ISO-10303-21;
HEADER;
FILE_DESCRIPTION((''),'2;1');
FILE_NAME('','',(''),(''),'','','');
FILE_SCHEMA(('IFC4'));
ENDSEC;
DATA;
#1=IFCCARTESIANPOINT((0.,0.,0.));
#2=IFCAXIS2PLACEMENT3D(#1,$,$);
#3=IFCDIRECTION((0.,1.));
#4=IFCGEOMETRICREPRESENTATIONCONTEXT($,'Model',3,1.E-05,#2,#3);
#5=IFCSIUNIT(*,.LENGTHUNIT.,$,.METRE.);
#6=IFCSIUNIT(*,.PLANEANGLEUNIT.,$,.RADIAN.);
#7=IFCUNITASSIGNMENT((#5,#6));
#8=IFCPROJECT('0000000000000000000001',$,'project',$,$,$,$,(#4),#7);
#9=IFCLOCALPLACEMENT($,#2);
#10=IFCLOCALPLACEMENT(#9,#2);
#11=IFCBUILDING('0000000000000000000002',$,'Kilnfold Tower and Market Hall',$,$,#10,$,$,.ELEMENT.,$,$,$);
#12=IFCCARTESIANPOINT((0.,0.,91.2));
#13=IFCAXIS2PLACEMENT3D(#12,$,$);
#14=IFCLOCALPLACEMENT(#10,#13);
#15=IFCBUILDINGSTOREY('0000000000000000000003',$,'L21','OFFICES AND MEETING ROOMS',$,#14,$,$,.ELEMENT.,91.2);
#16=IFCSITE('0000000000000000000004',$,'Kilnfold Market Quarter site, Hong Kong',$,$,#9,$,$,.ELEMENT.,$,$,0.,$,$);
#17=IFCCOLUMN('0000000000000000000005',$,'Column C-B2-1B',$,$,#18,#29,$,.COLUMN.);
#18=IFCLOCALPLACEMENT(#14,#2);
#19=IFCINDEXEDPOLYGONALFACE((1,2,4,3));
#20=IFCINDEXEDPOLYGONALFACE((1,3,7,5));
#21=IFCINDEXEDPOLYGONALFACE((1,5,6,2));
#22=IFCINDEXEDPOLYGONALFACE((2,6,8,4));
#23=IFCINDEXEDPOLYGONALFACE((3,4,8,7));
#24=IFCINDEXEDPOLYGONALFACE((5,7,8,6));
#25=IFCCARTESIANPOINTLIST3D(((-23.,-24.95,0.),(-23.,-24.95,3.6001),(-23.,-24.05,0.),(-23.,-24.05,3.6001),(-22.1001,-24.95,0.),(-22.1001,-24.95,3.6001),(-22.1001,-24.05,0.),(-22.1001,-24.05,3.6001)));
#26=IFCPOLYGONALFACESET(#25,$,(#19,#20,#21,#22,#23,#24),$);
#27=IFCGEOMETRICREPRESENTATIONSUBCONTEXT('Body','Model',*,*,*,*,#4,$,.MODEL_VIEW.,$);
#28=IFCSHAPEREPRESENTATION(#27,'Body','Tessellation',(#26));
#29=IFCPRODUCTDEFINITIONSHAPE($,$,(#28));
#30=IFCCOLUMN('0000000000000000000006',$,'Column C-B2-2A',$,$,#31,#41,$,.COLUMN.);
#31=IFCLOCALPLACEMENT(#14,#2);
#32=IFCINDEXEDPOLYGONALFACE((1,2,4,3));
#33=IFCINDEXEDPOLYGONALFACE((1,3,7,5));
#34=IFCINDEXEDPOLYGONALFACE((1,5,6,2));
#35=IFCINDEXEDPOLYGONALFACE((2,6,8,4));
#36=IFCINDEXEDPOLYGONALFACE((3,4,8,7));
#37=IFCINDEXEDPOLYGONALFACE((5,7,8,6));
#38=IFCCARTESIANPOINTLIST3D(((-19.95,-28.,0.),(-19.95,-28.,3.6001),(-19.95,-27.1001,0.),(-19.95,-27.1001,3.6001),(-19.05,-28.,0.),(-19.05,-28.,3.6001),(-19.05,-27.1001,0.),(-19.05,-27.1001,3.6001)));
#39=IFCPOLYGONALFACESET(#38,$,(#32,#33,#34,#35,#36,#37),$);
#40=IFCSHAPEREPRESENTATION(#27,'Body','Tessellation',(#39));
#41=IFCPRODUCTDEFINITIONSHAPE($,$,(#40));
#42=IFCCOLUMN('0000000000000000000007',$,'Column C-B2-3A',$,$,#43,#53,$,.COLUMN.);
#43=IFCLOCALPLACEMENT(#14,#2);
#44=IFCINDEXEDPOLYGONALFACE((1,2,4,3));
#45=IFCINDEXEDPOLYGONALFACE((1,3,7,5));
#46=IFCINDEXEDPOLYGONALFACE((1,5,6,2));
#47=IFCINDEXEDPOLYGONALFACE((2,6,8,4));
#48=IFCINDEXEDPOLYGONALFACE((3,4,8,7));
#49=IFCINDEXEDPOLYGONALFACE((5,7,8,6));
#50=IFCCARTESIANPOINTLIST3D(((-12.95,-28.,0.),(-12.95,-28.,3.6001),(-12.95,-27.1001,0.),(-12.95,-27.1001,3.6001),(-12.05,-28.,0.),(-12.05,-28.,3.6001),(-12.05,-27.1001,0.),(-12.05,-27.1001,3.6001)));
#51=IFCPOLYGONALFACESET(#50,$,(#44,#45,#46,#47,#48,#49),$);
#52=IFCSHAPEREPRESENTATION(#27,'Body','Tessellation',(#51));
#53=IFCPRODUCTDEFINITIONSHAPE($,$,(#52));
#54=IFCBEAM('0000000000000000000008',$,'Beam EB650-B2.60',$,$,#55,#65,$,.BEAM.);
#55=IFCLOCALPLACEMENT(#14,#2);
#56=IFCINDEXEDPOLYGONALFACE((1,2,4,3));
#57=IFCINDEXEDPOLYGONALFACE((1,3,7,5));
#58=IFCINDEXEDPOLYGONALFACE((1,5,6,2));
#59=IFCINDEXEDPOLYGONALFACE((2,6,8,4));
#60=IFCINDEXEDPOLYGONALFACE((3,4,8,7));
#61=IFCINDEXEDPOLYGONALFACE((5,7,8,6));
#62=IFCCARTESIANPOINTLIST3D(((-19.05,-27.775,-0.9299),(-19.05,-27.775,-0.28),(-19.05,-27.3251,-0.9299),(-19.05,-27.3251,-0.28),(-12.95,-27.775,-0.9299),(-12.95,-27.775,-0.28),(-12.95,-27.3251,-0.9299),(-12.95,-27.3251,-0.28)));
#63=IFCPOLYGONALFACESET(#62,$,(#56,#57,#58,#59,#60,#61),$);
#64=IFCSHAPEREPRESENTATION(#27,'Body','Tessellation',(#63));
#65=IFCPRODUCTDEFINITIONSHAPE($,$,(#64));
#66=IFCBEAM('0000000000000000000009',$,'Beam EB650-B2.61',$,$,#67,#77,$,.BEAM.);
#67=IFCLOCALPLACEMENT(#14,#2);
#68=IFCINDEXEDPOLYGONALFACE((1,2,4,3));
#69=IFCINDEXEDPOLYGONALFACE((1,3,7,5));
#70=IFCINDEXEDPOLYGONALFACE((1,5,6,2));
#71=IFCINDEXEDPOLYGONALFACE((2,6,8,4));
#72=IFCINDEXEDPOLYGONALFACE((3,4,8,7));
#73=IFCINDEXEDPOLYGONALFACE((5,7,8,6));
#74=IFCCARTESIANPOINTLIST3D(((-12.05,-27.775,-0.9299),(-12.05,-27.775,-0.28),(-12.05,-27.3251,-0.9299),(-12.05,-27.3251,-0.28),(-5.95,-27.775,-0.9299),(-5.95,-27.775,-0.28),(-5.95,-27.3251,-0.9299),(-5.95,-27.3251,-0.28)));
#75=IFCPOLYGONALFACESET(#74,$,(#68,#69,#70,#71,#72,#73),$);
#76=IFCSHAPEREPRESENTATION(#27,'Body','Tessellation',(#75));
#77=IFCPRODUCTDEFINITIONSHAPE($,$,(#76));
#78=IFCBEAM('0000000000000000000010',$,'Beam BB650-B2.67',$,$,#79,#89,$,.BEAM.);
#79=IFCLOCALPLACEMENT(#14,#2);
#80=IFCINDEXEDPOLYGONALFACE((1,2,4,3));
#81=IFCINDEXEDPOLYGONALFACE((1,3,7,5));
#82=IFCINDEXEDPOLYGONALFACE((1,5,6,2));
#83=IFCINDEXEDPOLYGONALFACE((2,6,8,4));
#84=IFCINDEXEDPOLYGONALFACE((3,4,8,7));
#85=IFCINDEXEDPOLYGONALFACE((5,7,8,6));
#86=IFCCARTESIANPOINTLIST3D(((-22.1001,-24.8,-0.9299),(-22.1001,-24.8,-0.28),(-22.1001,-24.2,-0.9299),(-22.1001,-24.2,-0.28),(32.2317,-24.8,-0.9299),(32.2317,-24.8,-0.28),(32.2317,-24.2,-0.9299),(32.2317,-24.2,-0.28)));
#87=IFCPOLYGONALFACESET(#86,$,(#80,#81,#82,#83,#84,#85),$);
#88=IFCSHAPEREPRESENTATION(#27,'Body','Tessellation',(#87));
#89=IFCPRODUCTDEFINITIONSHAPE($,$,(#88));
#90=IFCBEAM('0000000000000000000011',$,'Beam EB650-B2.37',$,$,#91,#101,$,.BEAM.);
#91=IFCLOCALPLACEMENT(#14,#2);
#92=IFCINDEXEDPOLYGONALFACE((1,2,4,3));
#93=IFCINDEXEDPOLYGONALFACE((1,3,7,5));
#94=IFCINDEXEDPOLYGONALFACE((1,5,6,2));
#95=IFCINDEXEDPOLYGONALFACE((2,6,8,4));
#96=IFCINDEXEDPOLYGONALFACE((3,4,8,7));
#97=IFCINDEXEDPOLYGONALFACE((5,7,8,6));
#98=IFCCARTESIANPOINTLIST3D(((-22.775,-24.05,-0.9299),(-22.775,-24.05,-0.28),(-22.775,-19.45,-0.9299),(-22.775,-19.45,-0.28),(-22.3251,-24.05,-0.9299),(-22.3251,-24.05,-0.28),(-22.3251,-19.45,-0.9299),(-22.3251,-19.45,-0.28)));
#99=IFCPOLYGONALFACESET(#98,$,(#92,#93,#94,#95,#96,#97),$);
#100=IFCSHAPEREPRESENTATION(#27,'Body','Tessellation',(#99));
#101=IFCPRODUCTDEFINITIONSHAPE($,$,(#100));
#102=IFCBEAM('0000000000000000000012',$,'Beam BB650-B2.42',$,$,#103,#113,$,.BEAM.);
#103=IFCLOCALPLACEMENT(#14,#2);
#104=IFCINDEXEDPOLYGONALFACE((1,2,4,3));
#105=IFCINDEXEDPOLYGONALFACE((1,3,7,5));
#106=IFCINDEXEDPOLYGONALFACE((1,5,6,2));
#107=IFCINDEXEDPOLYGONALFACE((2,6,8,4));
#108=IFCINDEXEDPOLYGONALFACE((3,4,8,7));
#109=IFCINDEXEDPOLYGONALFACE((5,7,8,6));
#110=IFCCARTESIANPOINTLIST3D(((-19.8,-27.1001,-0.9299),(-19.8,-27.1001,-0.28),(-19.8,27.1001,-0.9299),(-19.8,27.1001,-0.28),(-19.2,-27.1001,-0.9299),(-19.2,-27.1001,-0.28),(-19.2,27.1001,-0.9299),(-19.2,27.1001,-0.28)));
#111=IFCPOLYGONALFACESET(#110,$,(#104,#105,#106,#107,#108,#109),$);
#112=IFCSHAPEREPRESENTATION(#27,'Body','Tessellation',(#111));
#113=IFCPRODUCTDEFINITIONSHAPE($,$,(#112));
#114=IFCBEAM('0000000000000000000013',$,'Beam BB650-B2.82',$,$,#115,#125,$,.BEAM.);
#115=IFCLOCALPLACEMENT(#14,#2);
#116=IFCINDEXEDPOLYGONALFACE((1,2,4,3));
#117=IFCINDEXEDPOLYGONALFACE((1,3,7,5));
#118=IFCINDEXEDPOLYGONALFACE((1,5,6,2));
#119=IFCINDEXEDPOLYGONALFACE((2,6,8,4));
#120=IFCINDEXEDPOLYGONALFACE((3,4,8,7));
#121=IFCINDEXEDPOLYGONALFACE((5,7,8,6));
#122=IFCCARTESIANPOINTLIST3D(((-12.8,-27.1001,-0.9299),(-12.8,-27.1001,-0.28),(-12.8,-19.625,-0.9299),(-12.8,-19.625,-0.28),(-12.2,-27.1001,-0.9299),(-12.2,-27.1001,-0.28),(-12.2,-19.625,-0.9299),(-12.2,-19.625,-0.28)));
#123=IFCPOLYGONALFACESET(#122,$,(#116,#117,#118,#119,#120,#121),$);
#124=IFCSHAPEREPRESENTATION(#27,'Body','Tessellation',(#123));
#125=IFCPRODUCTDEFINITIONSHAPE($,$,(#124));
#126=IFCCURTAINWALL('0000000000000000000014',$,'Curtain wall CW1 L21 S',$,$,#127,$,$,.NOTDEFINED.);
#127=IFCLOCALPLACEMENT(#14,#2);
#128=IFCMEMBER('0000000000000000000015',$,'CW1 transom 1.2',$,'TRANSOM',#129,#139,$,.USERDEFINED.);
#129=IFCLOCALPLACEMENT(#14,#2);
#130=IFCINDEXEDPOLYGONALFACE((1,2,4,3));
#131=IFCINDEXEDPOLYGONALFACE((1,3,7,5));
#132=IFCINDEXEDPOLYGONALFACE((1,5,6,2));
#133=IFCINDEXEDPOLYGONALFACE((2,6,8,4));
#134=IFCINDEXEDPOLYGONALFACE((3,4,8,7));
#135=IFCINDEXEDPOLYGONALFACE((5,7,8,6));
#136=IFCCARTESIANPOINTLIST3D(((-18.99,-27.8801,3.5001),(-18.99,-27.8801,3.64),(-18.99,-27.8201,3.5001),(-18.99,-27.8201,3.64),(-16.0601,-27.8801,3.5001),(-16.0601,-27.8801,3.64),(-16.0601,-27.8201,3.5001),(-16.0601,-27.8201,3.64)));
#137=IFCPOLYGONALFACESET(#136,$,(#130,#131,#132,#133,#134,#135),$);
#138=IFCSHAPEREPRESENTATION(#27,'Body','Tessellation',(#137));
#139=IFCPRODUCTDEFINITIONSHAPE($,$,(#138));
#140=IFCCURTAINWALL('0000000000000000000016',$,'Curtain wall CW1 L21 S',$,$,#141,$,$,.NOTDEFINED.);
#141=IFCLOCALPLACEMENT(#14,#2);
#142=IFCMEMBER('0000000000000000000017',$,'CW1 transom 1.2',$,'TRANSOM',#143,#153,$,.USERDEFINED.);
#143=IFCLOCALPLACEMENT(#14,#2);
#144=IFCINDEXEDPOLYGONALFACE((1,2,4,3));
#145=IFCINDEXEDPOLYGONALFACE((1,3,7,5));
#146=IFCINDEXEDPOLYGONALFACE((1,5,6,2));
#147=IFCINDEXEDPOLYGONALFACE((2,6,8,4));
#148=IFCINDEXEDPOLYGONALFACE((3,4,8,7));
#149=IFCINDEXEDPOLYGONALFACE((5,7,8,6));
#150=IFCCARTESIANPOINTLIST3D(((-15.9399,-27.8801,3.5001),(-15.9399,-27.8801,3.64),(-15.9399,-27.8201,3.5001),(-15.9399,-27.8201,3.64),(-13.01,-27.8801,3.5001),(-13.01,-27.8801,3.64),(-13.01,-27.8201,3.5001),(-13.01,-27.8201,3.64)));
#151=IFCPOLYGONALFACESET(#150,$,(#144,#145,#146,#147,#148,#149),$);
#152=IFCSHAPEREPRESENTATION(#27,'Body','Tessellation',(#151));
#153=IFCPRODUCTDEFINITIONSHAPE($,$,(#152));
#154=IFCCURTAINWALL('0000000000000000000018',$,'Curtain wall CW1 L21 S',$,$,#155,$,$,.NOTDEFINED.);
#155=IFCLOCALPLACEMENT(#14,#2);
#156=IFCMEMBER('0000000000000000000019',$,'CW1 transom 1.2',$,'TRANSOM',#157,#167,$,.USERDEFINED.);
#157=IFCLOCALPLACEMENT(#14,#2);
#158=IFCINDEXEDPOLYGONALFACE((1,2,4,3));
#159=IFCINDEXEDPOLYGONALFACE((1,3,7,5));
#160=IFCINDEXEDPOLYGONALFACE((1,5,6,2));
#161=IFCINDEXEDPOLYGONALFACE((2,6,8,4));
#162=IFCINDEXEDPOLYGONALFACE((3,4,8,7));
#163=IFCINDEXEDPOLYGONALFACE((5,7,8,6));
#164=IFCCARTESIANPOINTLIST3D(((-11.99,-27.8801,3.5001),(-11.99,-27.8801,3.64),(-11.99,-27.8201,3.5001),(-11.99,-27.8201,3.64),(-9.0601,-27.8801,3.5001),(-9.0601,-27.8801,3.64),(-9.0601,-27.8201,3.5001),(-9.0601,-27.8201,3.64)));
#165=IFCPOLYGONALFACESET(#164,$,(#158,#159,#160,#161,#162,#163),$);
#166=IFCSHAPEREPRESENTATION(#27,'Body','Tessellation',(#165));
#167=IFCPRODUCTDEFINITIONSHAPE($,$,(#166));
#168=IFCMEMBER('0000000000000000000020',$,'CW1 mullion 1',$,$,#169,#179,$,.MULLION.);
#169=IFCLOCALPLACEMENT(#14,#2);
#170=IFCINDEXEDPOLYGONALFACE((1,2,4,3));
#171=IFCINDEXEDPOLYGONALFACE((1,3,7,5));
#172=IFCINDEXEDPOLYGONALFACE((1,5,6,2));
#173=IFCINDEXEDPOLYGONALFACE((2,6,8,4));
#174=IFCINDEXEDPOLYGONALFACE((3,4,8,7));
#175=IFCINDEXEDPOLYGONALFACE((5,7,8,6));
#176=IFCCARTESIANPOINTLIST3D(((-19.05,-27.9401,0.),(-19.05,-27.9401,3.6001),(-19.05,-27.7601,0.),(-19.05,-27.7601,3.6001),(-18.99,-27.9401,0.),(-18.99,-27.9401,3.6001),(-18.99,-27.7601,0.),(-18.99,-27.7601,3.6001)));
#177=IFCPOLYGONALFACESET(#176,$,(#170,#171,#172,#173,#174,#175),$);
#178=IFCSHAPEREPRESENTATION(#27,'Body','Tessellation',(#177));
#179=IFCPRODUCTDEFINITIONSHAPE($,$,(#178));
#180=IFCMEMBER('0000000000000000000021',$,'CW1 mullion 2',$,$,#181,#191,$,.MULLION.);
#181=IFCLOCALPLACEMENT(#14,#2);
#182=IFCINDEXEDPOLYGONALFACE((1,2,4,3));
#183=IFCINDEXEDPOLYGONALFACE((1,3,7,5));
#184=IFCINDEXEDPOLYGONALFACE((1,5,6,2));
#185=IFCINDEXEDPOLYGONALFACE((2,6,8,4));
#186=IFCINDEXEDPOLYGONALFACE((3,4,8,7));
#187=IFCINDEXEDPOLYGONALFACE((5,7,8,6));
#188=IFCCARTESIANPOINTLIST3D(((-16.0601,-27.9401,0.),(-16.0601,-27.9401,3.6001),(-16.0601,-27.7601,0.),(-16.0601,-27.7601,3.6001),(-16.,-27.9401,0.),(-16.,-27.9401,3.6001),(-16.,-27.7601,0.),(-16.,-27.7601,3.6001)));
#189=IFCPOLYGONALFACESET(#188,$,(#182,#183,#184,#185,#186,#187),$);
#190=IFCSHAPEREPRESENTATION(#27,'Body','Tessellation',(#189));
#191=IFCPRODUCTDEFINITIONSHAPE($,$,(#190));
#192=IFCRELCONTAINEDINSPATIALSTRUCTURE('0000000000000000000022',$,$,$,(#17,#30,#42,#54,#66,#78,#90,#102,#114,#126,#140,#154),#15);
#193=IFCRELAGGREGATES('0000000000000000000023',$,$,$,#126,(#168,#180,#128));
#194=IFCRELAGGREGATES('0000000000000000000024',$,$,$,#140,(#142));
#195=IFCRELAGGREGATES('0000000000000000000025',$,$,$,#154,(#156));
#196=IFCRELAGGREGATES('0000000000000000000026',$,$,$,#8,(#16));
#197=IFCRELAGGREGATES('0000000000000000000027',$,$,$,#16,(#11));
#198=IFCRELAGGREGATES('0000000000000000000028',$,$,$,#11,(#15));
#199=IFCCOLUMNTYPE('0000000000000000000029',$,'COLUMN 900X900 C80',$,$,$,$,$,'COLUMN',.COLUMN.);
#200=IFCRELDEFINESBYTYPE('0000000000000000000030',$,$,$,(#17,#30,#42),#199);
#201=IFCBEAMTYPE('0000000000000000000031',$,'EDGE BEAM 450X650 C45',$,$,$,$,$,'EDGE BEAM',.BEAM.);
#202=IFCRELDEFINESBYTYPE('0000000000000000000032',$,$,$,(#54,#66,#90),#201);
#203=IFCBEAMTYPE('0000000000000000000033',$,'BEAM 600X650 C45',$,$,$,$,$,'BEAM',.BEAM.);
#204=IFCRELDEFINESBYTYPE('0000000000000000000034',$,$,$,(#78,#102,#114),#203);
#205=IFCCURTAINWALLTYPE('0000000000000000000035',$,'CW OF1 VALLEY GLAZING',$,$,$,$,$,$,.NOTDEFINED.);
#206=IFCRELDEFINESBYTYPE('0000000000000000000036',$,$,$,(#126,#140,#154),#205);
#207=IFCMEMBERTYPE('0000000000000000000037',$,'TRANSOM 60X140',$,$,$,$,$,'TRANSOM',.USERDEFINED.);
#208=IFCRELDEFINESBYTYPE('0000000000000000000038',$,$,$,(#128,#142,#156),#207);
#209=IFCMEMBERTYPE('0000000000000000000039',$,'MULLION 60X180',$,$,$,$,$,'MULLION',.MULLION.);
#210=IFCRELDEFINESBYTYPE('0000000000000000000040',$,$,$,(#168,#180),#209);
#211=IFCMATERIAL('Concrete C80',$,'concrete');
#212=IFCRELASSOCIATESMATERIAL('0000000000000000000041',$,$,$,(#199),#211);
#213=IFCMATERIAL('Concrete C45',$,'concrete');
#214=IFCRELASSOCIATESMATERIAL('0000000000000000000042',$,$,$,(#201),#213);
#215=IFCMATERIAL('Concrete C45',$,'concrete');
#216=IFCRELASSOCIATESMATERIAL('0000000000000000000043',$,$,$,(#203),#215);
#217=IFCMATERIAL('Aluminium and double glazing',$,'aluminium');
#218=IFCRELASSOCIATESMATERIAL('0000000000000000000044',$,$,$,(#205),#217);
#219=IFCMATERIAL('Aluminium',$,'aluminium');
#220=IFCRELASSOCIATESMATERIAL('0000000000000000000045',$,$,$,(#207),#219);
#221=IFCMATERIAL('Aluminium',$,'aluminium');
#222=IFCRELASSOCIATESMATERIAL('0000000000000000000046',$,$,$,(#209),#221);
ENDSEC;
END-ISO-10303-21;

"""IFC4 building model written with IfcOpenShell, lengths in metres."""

from ifc_helpers import new_model, si_unit, direction, frame, origin, origin_2d, place, context, subcontext, project, spatial, rectangle, extrude, source, transform, mapped, material, material_profile, profile_set, type_object, element, aggregate, save


model = new_model("IFC4")

# Units and contexts
model_context = context("Model", 3, precision=1e-05, world=origin(), true_north=direction((0.0, 1.0)))
body_context = subcontext(model_context, "Body", "Model", "MODEL_VIEW")
ifc_project = project(units=[si_unit("LENGTHUNIT", "METRE"), si_unit("PLANEANGLEUNIT", "RADIAN")], contexts=[model_context])

# Site, building, storey
site_placement = place(None, origin())
site = spatial("IfcSite", under=ifc_project, at=site_placement, Name="Kilnfold Market Quarter site, Hong Kong", CompositionType="ELEMENT", RefElevation=0.0)
building_placement = place(site_placement, origin())
building = spatial("IfcBuilding", under=site, at=building_placement, Name="Kilnfold Tower and Market Hall", CompositionType="ELEMENT")
storey_placement = place(building_placement, frame((0.0, 0.0, 91.2)))
storey = spatial("IfcBuildingStorey", under=building, at=storey_placement, Name="L21", Description="OFFICES AND MEETING ROOMS", CompositionType="ELEMENT", Elevation=91.2)

# Columns
ifc_material_1 = material(Name="Concrete C80", Category="concrete")
ifc_material_profile_1 = material_profile(ifc_material_1, rectangle(XDim=0.8999, YDim=0.8999, at=origin_2d()), Name="RC 900x900")
ifc_profile_set_1 = profile_set([ifc_material_profile_1], Name="Concrete C80")
column_type = type_object("IfcColumnType", Name="COLUMN 900X900 C80", ElementType="COLUMN", PredefinedType="COLUMN", material=ifc_profile_set_1)
shared_shape_1 = source(origin(), body_context, "Body", "SweptSolid", [
    extrude(rectangle(XDim=0.8999, YDim=0.8999, at=origin_2d()), origin(), (0.0, 0.0, 1.0), 3.6001),
])
for number, where, z_axis, x_axis, name in (
    (1, (-22.55, -24.5, 0.0), (0.0, 0.0, 1.0), (1.0, 0.0, 0.0), "Column C-B2-1B"),
    (2, (-19.5, -27.55, 0.0), (0.0, 0.0, 1.0), (1.0, 0.0, 0.0), "Column C-B2-2A"),
    (3, (-12.5, -27.55, 0.0), (0.0, 0.0, 1.0), (1.0, 0.0, 0.0), "Column C-B2-3A"),
):
    element("IfcColumn", number, at=place(storey_placement, frame(where, z_axis=z_axis, x_axis=x_axis)), inside=storey, type_object=column_type, Name=name, PredefinedType="COLUMN", context=body_context, shape_type="MappedRepresentation", body=[
        mapped(shared_shape_1, transform((0.0, 0.0, 0.0))),
    ])

# Beams
ifc_material_2 = material(Name="Concrete C45", Category="concrete")
ifc_material_profile_2 = material_profile(ifc_material_2, rectangle(XDim=0.45, YDim=0.6499, at=origin_2d()), Name="RC 450x650")
ifc_profile_set_2 = profile_set([ifc_material_profile_2], Name="Concrete C45")
beam_type_1 = type_object("IfcBeamType", Name="EDGE BEAM 450X650 C45", ElementType="EDGE BEAM", PredefinedType="BEAM", material=ifc_profile_set_2)
shared_shape_2 = source(origin(), body_context, "Body", "SweptSolid", [
    extrude(rectangle(XDim=0.45, YDim=0.6499, at=origin_2d()), origin(), (0.0, 0.0, 1.0), 6.1001),
])
for number, where, z_axis, x_axis, name in (
    (4, (-19.05, -27.55, -0.605), (1.0, 0.0, 0.0), (0.0, 1.0, 0.0), "Beam EB650-B2.60"),
    (5, (-12.05, -27.55, -0.605), (1.0, 0.0, 0.0), (0.0, 1.0, 0.0), "Beam EB650-B2.61"),
):
    element("IfcBeam", number, at=place(storey_placement, frame(where, z_axis=z_axis, x_axis=x_axis)), inside=storey, type_object=beam_type_1, Name=name, PredefinedType="BEAM", context=body_context, shape_type="MappedRepresentation", body=[
        mapped(shared_shape_2, transform((0.0, 0.0, 0.0))),
    ])
ifc_material_3 = material(Name="Concrete C45", Category="concrete")
ifc_material_profile_3 = material_profile(ifc_material_3, rectangle(XDim=0.6001, YDim=0.6499, at=origin_2d()), Name="RC 600x650")
ifc_profile_set_3 = profile_set([ifc_material_profile_3], Name="Concrete C45")
beam_type_2 = type_object("IfcBeamType", Name="BEAM 600X650 C45", ElementType="BEAM", PredefinedType="BEAM", material=ifc_profile_set_3)
shared_shape_3 = source(origin(), body_context, "Body", "SweptSolid", [
    extrude(rectangle(XDim=0.6001, YDim=0.6499, at=origin_2d()), origin(), (0.0, 0.0, 1.0), 54.3318),
])
beam_1_placement = place(storey_placement, frame((-22.1001, -24.5, -0.605), z_axis=(1.0, 0.0, 0.0), x_axis=(0.0, 1.0, 0.0)))
element("IfcBeam", 6, at=beam_1_placement, inside=storey, type_object=beam_type_2, Name="Beam BB650-B2.67", PredefinedType="BEAM", context=body_context, shape_type="MappedRepresentation", body=[
    mapped(shared_shape_3, transform((0.0, 0.0, 0.0))),
])
shared_shape_4 = source(origin(), body_context, "Body", "SweptSolid", [
    extrude(rectangle(XDim=0.45, YDim=0.6499, at=origin_2d()), origin(), (0.0, 0.0, 1.0), 4.6001),
])
beam_2_placement = place(storey_placement, frame((-22.55, -24.05, -0.605), z_axis=(0.0, 1.0, 0.0), x_axis=(-1.0, 0.0, 0.0)))
element("IfcBeam", 7, at=beam_2_placement, inside=storey, type_object=beam_type_1, Name="Beam EB650-B2.37", PredefinedType="BEAM", context=body_context, shape_type="MappedRepresentation", body=[
    mapped(shared_shape_4, transform((0.0, 0.0, 0.0))),
])
shared_shape_5 = source(origin(), body_context, "Body", "SweptSolid", [
    extrude(rectangle(XDim=0.6001, YDim=0.6499, at=origin_2d()), origin(), (0.0, 0.0, 1.0), 54.2002),
])
beam_3_placement = place(storey_placement, frame((-19.5, -27.1001, -0.605), z_axis=(0.0, 1.0, 0.0), x_axis=(-1.0, 0.0, 0.0)))
element("IfcBeam", 8, at=beam_3_placement, inside=storey, type_object=beam_type_2, Name="Beam BB650-B2.42", PredefinedType="BEAM", context=body_context, shape_type="MappedRepresentation", body=[
    mapped(shared_shape_5, transform((0.0, 0.0, 0.0))),
])
shared_shape_6 = source(origin(), body_context, "Body", "SweptSolid", [
    extrude(rectangle(XDim=0.6001, YDim=0.6499, at=origin_2d()), origin(), (0.0, 0.0, 1.0), 7.4751),
])
beam_4_placement = place(storey_placement, frame((-12.5, -27.1001, -0.605), z_axis=(0.0, 1.0, 0.0), x_axis=(-1.0, 0.0, 0.0)))
element("IfcBeam", 9, at=beam_4_placement, inside=storey, type_object=beam_type_2, Name="Beam BB650-B2.82", PredefinedType="BEAM", context=body_context, shape_type="MappedRepresentation", body=[
    mapped(shared_shape_6, transform((0.0, 0.0, 0.0))),
])

# Curtain walls, members
ifc_material_4 = material(Name="Aluminium and double glazing", Category="aluminium")
curtain_wall_type = type_object("IfcCurtainWallType", Name="CW OF1 VALLEY GLAZING", PredefinedType="NOTDEFINED", material=ifc_material_4)
curtain_wall_1_placement = place(storey_placement, origin())
curtain_wall_1 = element("IfcCurtainWall", 10, at=curtain_wall_1_placement, inside=storey, type_object=curtain_wall_type, Name="Curtain wall CW1 L21 S", PredefinedType="NOTDEFINED")
ifc_material_5 = material(Name="Aluminium", Category="aluminium")
ifc_material_profile_4 = material_profile(ifc_material_5, rectangle(XDim=0.0601, YDim=0.1399, at=origin_2d()), Name="TRANSOM 60x140")
ifc_profile_set_4 = profile_set([ifc_material_profile_4], Name="Aluminium")
member_type_1 = type_object("IfcMemberType", Name="TRANSOM 60X140", ElementType="TRANSOM", PredefinedType="USERDEFINED", material=ifc_profile_set_4)
shared_shape_7 = source(origin(), body_context, "Body", "SweptSolid", [
    extrude(rectangle(XDim=0.0601, YDim=0.1399, at=origin_2d()), origin(), (0.0, 0.0, 1.0), 2.9299),
])
member_1_placement = place(storey_placement, frame((-18.99, -27.8501, 3.5701), z_axis=(1.0, 0.0, 0.0), x_axis=(0.0, 1.0, 0.0)))
member_1 = element("IfcMember", 11, at=member_1_placement, type_object=member_type_1, Name="CW1 transom 1.2", ObjectType="TRANSOM", PredefinedType="USERDEFINED", context=body_context, shape_type="MappedRepresentation", body=[
    mapped(shared_shape_7, transform((0.0, 0.0, 0.0))),
])
curtain_wall_2_placement = place(storey_placement, origin())
curtain_wall_2 = element("IfcCurtainWall", 12, at=curtain_wall_2_placement, inside=storey, type_object=curtain_wall_type, Name="Curtain wall CW1 L21 S", PredefinedType="NOTDEFINED")
member_2_placement = place(storey_placement, frame((-15.9399, -27.8501, 3.5701), z_axis=(1.0, 0.0, 0.0), x_axis=(0.0, 1.0, 0.0)))
member_2 = element("IfcMember", 13, at=member_2_placement, type_object=member_type_1, Name="CW1 transom 1.2", ObjectType="TRANSOM", PredefinedType="USERDEFINED", context=body_context, shape_type="MappedRepresentation", body=[
    mapped(shared_shape_7, transform((0.0, 0.0, 0.0))),
])
curtain_wall_3_placement = place(storey_placement, origin())
curtain_wall_3 = element("IfcCurtainWall", 14, at=curtain_wall_3_placement, inside=storey, type_object=curtain_wall_type, Name="Curtain wall CW1 L21 S", PredefinedType="NOTDEFINED")
member_3_placement = place(storey_placement, frame((-11.99, -27.8501, 3.5701), z_axis=(1.0, 0.0, 0.0), x_axis=(0.0, 1.0, 0.0)))
member_3 = element("IfcMember", 15, at=member_3_placement, type_object=member_type_1, Name="CW1 transom 1.2", ObjectType="TRANSOM", PredefinedType="USERDEFINED", context=body_context, shape_type="MappedRepresentation", body=[
    mapped(shared_shape_7, transform((0.0, 0.0, 0.0))),
])

# Members
ifc_material_6 = material(Name="Aluminium", Category="aluminium")
ifc_material_profile_5 = material_profile(ifc_material_6, rectangle(XDim=0.0601, YDim=0.1799, at=origin_2d()), Name="MULLION 60x180")
ifc_profile_set_5 = profile_set([ifc_material_profile_5], Name="Aluminium")
member_type_2 = type_object("IfcMemberType", Name="MULLION 60X180", ElementType="MULLION", PredefinedType="MULLION", material=ifc_profile_set_5)
shared_shape_8 = source(origin(), body_context, "Body", "SweptSolid", [
    extrude(rectangle(XDim=0.0601, YDim=0.1799, at=origin_2d()), origin(), (0.0, 0.0, 1.0), 3.6001),
])
member_4_placement = place(storey_placement, frame((-19.02, -27.8501, 0.0), z_axis=(0.0, 0.0, 1.0), x_axis=(1.0, 0.0, 0.0)))
member_4 = element("IfcMember", 16, at=member_4_placement, type_object=member_type_2, Name="CW1 mullion 1", PredefinedType="MULLION", context=body_context, shape_type="MappedRepresentation", body=[
    mapped(shared_shape_8, transform((0.0, 0.0, 0.0))),
])
member_5_placement = place(storey_placement, frame((-16.03, -27.8501, 0.0), z_axis=(0.0, 0.0, 1.0), x_axis=(1.0, 0.0, 0.0)))
member_5 = element("IfcMember", 17, at=member_5_placement, type_object=member_type_2, Name="CW1 mullion 2", PredefinedType="MULLION", context=body_context, shape_type="MappedRepresentation", body=[
    mapped(shared_shape_8, transform((0.0, 0.0, 0.0))),
])

aggregate(curtain_wall_1, [member_4, member_5, member_1])
aggregate(curtain_wall_2, [member_2])
aggregate(curtain_wall_3, [member_3])

save(model, "model.ifc")
